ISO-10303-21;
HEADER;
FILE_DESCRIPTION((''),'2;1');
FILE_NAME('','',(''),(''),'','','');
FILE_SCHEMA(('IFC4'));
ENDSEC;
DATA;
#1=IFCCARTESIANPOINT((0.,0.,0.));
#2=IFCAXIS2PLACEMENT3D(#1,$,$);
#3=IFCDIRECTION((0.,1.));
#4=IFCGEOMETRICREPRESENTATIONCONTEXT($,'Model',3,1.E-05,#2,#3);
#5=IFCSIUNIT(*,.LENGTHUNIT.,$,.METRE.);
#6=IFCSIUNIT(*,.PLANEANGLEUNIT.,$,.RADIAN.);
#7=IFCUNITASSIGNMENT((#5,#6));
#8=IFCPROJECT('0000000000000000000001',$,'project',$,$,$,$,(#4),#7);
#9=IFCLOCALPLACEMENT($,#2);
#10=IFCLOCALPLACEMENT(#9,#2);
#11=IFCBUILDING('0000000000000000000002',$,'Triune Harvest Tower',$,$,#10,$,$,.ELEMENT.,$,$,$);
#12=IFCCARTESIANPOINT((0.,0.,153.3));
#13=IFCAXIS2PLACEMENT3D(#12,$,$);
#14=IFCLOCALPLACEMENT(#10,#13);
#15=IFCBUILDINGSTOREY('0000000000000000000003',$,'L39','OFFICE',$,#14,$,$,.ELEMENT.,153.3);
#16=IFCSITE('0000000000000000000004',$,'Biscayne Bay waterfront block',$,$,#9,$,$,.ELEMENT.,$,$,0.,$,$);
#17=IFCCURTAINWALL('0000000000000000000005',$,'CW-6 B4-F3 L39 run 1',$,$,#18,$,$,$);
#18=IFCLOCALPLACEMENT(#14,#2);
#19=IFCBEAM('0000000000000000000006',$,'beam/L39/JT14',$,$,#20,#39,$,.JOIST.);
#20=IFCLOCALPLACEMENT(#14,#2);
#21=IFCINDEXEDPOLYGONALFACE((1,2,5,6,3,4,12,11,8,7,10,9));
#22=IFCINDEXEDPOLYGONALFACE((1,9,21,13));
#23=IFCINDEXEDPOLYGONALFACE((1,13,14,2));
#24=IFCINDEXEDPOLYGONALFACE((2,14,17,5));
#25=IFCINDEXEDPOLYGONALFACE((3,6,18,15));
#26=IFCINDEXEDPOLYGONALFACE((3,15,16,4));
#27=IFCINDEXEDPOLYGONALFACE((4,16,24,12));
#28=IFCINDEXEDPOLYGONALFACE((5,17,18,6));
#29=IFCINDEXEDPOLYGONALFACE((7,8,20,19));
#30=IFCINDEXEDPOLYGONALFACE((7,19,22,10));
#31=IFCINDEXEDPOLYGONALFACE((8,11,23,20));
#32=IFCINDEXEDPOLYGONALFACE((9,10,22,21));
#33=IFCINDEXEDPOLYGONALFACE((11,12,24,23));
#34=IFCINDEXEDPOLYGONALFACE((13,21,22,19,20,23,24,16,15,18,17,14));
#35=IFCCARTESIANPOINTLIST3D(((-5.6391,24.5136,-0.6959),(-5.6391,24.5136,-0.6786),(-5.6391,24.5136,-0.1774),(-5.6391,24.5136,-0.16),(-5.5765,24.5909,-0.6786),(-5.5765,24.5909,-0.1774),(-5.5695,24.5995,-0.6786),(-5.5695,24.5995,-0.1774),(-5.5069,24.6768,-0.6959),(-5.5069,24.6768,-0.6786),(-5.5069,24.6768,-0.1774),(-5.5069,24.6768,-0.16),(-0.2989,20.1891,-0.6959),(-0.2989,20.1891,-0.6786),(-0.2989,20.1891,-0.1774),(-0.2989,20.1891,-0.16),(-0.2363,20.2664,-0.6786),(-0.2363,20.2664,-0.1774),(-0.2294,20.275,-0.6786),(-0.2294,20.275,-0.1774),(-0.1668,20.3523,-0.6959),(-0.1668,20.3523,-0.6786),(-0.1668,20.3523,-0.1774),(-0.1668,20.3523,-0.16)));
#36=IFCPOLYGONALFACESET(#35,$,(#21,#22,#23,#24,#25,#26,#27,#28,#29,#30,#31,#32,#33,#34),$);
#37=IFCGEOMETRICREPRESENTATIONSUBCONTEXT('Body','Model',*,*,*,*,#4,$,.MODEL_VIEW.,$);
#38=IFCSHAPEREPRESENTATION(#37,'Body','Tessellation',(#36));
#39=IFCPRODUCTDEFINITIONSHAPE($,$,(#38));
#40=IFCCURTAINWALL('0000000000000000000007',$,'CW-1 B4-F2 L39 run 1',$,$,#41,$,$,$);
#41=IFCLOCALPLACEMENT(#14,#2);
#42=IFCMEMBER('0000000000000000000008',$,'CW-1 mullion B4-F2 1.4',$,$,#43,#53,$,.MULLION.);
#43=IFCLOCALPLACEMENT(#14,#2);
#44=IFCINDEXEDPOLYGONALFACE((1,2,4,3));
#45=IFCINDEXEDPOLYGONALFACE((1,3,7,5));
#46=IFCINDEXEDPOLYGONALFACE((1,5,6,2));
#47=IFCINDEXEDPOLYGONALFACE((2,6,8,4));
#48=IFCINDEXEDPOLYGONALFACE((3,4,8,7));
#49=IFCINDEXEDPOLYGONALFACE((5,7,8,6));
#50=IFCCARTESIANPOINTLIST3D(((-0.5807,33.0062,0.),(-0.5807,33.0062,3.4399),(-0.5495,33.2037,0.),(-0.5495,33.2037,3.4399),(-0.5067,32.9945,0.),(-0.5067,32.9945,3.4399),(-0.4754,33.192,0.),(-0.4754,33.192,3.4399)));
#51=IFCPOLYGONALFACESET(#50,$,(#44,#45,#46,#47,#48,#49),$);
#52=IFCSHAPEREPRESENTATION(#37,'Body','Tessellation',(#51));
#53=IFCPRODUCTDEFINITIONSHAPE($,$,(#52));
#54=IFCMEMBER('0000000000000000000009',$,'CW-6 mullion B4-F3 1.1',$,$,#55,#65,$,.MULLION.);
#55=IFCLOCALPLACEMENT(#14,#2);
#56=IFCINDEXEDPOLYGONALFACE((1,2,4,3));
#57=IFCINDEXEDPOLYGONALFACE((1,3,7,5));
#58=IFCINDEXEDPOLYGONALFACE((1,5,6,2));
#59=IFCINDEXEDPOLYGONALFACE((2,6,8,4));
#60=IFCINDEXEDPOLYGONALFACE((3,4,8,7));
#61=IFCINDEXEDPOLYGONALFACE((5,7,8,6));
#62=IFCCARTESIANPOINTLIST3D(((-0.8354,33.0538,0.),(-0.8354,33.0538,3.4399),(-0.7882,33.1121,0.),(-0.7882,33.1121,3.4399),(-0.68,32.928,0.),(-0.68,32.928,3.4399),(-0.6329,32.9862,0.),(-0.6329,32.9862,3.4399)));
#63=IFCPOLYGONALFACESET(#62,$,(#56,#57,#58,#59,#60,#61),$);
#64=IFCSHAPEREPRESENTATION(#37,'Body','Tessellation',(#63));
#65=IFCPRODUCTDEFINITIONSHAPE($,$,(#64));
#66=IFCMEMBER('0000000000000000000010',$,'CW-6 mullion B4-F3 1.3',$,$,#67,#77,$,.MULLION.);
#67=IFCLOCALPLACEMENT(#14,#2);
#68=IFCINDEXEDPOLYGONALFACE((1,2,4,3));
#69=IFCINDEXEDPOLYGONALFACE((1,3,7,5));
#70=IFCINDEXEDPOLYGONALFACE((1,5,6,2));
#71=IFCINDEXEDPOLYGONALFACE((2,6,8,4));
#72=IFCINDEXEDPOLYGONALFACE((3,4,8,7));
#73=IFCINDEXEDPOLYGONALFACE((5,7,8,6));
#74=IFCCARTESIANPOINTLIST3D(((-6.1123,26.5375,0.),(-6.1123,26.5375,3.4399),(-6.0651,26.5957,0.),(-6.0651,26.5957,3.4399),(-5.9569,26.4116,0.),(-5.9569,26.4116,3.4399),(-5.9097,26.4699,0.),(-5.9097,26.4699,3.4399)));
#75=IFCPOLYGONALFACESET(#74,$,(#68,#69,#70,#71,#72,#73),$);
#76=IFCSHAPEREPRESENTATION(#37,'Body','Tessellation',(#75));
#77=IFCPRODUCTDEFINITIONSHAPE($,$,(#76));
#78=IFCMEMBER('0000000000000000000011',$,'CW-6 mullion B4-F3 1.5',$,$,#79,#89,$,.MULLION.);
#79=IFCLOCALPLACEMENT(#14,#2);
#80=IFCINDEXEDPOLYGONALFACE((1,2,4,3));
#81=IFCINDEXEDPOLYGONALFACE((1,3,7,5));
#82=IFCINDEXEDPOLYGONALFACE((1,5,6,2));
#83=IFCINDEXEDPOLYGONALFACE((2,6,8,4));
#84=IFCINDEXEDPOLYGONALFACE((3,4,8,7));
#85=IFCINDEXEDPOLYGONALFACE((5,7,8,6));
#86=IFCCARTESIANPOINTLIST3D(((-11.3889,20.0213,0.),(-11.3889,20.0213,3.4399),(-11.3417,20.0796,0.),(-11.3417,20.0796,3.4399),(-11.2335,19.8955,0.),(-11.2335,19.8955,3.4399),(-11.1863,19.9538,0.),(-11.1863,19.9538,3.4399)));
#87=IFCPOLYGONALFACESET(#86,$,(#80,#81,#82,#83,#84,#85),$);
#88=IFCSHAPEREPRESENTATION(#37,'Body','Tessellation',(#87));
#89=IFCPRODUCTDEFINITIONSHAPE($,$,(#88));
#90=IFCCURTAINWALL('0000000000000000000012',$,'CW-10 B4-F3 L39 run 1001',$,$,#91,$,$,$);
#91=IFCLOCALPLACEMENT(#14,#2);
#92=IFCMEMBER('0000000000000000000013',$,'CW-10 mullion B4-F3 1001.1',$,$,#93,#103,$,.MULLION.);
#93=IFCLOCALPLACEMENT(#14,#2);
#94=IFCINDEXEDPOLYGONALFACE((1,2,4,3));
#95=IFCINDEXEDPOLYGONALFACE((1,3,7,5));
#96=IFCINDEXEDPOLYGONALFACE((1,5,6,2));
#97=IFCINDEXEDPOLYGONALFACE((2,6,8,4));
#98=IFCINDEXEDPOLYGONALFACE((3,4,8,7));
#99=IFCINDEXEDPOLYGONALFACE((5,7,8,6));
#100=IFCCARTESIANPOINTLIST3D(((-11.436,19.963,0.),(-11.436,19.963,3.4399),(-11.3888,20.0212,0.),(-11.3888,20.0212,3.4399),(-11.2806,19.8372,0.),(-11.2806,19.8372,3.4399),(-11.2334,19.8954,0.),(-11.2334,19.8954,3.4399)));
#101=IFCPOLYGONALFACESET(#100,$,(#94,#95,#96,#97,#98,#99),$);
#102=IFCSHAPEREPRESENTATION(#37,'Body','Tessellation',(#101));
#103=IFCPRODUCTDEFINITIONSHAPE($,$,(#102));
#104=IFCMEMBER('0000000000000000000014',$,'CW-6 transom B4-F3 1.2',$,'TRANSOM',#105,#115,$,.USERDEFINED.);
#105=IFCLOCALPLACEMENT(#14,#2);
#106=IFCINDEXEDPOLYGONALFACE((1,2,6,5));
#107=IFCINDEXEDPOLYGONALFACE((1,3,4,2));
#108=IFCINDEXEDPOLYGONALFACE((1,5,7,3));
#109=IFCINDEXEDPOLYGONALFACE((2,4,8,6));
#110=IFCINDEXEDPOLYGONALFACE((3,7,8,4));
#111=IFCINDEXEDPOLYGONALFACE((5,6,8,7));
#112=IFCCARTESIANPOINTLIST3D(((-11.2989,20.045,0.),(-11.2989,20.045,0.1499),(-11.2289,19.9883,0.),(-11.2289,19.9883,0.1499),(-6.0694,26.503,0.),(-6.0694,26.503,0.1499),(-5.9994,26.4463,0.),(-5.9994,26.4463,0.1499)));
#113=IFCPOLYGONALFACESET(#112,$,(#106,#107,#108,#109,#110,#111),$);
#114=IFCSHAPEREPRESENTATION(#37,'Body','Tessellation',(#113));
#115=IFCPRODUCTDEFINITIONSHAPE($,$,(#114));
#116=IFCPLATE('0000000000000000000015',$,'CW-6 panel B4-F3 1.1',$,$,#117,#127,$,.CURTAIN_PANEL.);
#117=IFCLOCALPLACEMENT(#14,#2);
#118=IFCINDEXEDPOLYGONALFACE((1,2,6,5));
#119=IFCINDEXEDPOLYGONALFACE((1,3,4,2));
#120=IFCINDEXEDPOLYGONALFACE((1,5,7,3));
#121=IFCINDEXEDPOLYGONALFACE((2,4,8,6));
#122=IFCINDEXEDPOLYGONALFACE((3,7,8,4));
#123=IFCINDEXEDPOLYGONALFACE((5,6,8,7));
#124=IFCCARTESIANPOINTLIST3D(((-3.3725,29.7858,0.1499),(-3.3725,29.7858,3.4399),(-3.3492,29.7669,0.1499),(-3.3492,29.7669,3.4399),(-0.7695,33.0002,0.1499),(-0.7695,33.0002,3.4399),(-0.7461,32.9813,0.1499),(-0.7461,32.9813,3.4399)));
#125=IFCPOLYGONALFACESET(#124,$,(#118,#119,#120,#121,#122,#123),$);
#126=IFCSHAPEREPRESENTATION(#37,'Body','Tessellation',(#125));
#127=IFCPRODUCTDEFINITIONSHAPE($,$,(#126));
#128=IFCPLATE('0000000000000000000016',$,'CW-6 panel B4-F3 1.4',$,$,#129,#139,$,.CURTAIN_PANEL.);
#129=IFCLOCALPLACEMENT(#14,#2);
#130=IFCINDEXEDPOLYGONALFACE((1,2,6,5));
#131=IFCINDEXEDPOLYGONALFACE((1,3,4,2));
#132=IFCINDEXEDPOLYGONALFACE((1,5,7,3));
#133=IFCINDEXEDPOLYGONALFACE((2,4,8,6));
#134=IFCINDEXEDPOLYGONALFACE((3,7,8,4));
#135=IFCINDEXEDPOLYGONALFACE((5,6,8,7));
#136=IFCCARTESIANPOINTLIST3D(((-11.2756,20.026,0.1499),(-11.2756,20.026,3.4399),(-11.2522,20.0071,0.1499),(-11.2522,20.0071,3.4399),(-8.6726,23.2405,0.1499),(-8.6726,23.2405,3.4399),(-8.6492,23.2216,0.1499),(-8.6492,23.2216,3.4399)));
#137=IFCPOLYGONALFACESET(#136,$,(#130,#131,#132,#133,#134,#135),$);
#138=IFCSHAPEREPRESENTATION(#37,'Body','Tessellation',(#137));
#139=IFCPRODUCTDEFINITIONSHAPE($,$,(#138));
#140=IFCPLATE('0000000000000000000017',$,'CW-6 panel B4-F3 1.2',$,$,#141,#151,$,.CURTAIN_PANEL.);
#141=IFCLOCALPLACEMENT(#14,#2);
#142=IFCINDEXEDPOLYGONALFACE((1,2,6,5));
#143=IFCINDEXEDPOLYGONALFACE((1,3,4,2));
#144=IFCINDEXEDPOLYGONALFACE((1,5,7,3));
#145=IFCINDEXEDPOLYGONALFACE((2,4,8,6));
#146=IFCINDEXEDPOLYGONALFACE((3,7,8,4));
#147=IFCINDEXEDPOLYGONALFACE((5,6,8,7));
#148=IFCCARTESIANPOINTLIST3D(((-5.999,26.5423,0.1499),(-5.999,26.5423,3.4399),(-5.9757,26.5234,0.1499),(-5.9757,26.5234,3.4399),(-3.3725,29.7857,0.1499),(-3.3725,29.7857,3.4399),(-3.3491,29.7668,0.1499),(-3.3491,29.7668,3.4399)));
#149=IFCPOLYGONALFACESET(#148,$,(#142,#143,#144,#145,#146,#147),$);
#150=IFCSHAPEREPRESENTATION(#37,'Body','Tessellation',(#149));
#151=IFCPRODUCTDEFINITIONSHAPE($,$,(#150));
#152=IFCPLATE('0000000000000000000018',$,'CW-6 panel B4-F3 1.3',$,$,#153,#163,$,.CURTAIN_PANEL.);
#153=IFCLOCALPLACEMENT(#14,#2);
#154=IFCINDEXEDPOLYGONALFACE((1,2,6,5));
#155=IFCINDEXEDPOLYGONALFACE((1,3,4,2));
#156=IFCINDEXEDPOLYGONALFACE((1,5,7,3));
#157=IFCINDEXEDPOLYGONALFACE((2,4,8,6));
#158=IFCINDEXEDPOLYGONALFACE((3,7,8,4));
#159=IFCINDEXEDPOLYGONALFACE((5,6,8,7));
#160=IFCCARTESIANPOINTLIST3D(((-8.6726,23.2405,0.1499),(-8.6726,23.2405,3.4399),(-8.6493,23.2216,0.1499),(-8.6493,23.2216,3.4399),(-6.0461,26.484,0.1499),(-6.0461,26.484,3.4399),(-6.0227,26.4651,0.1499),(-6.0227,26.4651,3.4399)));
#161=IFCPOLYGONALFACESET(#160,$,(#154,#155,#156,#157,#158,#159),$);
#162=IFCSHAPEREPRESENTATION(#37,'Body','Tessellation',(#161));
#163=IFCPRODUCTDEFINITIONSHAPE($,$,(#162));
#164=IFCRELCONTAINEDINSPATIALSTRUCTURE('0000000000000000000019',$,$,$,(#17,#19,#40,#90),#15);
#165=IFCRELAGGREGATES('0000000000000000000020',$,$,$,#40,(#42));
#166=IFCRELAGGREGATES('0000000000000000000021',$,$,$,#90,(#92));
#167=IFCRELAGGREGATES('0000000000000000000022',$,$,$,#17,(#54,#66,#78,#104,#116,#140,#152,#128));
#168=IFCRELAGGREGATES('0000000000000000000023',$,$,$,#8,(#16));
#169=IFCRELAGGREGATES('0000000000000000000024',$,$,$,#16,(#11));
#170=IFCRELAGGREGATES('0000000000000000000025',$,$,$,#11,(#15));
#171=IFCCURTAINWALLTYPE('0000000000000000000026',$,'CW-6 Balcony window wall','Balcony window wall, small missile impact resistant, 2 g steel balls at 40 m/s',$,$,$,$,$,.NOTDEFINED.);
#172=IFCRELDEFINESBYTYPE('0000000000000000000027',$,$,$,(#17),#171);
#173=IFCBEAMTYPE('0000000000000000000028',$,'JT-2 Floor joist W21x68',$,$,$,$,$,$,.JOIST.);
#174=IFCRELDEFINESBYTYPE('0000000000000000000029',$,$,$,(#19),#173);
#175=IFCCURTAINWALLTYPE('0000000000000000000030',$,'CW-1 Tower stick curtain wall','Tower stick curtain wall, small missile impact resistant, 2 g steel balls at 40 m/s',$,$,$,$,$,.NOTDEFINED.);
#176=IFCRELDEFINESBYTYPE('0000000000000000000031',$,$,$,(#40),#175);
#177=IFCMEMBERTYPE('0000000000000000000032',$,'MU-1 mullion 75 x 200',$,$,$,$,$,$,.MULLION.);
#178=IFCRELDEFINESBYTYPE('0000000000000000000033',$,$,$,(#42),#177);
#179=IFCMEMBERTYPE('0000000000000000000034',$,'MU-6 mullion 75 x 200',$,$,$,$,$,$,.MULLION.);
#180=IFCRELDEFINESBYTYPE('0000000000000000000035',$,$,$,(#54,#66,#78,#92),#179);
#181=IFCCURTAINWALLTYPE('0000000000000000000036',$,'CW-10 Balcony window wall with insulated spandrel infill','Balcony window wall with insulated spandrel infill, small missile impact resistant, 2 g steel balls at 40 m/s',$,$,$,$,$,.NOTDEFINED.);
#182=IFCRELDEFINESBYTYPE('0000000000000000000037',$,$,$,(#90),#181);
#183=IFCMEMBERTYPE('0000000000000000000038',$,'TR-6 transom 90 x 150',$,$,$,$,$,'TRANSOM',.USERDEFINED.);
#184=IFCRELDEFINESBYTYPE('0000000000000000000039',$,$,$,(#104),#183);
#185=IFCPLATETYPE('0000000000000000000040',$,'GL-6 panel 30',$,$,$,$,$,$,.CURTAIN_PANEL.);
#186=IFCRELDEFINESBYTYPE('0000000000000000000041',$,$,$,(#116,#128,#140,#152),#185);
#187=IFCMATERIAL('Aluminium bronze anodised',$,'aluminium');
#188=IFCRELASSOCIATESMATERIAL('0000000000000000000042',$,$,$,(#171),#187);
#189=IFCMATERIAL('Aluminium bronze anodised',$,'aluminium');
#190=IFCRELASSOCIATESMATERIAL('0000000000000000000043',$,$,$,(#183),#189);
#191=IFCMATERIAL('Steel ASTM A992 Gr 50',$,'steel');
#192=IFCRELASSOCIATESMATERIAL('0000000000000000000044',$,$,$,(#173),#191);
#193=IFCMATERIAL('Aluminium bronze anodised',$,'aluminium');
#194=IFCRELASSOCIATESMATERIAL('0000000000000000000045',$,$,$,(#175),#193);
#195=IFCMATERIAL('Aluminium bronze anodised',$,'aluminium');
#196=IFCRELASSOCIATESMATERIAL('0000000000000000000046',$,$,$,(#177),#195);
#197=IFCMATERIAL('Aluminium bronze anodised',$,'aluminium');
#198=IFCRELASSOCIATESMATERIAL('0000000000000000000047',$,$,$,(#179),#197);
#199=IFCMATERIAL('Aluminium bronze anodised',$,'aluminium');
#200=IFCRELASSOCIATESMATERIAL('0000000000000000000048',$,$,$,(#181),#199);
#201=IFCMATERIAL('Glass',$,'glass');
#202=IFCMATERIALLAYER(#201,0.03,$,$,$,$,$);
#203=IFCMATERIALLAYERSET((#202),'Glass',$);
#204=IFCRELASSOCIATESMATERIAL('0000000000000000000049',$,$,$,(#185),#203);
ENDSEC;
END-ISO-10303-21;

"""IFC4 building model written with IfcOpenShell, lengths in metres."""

from ifc_helpers import new_model, si_unit, direction, frame, origin, origin_2d, place, context, subcontext, project, spatial, rectangle, i_section, extrude, source, transform, mapped, material, layer, layer_set, material_profile, profile_set, type_object, element, aggregate, save


model = new_model("IFC4")

# Units and contexts
model_context = context("Model", 3, precision=1e-05, world=origin(), true_north=direction((0.0, 1.0)))
body_context = subcontext(model_context, "Body", "Model", "MODEL_VIEW")
ifc_project = project(units=[si_unit("LENGTHUNIT", "METRE"), si_unit("PLANEANGLEUNIT", "RADIAN")], contexts=[model_context])

# Site, building, storey
site_placement = place(None, origin())
site = spatial("IfcSite", under=ifc_project, at=site_placement, Name="Biscayne Bay waterfront block", CompositionType="ELEMENT", RefElevation=0.0)
building_placement = place(site_placement, origin())
building = spatial("IfcBuilding", under=site, at=building_placement, Name="Triune Harvest Tower", CompositionType="ELEMENT")
storey_placement = place(building_placement, frame((0.0, 0.0, 153.3)))
storey = spatial("IfcBuildingStorey", under=building, at=storey_placement, Name="L39", Description="OFFICE", CompositionType="ELEMENT", Elevation=153.3)

# Curtain wall
ifc_material_1 = material(Name="Aluminium bronze anodised", Category="aluminium")
curtain_wall_type_1 = type_object("IfcCurtainWallType", Name="CW-6 Balcony window wall", Description="Balcony window wall, small missile impact resistant, 2 g steel balls at 40 m/s", PredefinedType="NOTDEFINED", material=ifc_material_1)
curtain_wall_1_placement = place(storey_placement, origin())
curtain_wall_1 = element("IfcCurtainWall", 1, at=curtain_wall_1_placement, inside=storey, type_object=curtain_wall_type_1, Name="CW-6 B4-F3 L39 run 1")
ifc_material_2 = material(Name="Aluminium bronze anodised", Category="aluminium")
ifc_material_profile_1 = material_profile(ifc_material_2, rectangle(XDim=0.0901, YDim=0.1499, at=origin_2d()), Name="TR-6 transom 90 x 150")
ifc_profile_set_1 = profile_set([ifc_material_profile_1], Name="Aluminium bronze anodised")
member_type_1 = type_object("IfcMemberType", Name="TR-6 transom 90 x 150", ElementType="TRANSOM", PredefinedType="USERDEFINED", material=ifc_profile_set_1)

# Beam
ifc_material_3 = material(Name="Steel ASTM A992 Gr 50", Category="steel")
ifc_material_profile_2 = material_profile(ifc_material_3, i_section(OverallWidth=0.21, OverallDepth=0.5359, WebThickness=0.011, FlangeThickness=0.0173, at=origin_2d()), Name="W21x68")
ifc_profile_set_2 = profile_set([ifc_material_profile_2], Name="Steel ASTM A992 Gr 50")
beam_type_1 = type_object("IfcBeamType", Name="JT-2 Floor joist W21x68", PredefinedType="JOIST", material=ifc_profile_set_2)
shared_shape_1 = source(origin(), body_context, "Body", "SweptSolid", [
    extrude(i_section(OverallWidth=0.21, OverallDepth=0.5359, WebThickness=0.011, FlangeThickness=0.0173, at=origin_2d()), origin(), (0.0, 0.0, 1.0), 6.8716),
])
beam_1_placement = place(storey_placement, frame((-5.573, 24.5952, -0.428), z_axis=(0.777136, -0.629333, 0.0), x_axis=(0.629333, 0.777136, 0.0)))
element("IfcBeam", 2, at=beam_1_placement, inside=storey, type_object=beam_type_1, Name="beam/L39/JT14", PredefinedType="JOIST", context=body_context, shape_type="MappedRepresentation", body=[
    mapped(shared_shape_1, transform((0.0, 0.0, 0.0), scale=1.0)),
])

# Curtain wall, member
ifc_material_4 = material(Name="Aluminium bronze anodised", Category="aluminium")
curtain_wall_type_2 = type_object("IfcCurtainWallType", Name="CW-1 Tower stick curtain wall", Description="Tower stick curtain wall, small missile impact resistant, 2 g steel balls at 40 m/s", PredefinedType="NOTDEFINED", material=ifc_material_4)
curtain_wall_2_placement = place(storey_placement, origin())
curtain_wall_2 = element("IfcCurtainWall", 3, at=curtain_wall_2_placement, inside=storey, type_object=curtain_wall_type_2, Name="CW-1 B4-F2 L39 run 1")
ifc_material_5 = material(Name="Aluminium bronze anodised", Category="aluminium")
ifc_material_profile_3 = material_profile(ifc_material_5, rectangle(XDim=0.2, YDim=0.075, at=origin_2d()), Name="MU-1 mullion 75 x 200")
ifc_profile_set_3 = profile_set([ifc_material_profile_3], Name="Aluminium bronze anodised")
member_type_2 = type_object("IfcMemberType", Name="MU-1 mullion 75 x 200", PredefinedType="MULLION", material=ifc_profile_set_3)
shared_shape_2 = source(origin(), body_context, "Body", "SweptSolid", [
    extrude(rectangle(XDim=0.2, YDim=0.075, at=origin_2d()), origin(), (0.0, 0.0, 1.0), 3.4399),
])
member_1_placement = place(storey_placement, frame((-0.5281, 33.0991, 0.0), z_axis=(0.0, 0.0, 1.0), x_axis=(-0.156433, -0.987689, 0.0)))
member_1 = element("IfcMember", 4, at=member_1_placement, type_object=member_type_2, Name="CW-1 mullion B4-F2 1.4", PredefinedType="MULLION", context=body_context, shape_type="MappedRepresentation", body=[
    mapped(shared_shape_2, transform((0.0, 0.0, 0.0), scale=1.0)),
])
aggregate(curtain_wall_2, [member_1])

# Members
ifc_material_6 = material(Name="Aluminium bronze anodised", Category="aluminium")
ifc_material_profile_4 = material_profile(ifc_material_6, rectangle(XDim=0.2, YDim=0.075, at=origin_2d()), Name="MU-6 mullion 75 x 200")
ifc_profile_set_4 = profile_set([ifc_material_profile_4], Name="Aluminium bronze anodised")
member_type_3 = type_object("IfcMemberType", Name="MU-6 mullion 75 x 200", PredefinedType="MULLION", material=ifc_profile_set_4)
shared_shape_3 = source(origin(), body_context, "Body", "SweptSolid", [
    extrude(rectangle(XDim=0.2, YDim=0.075, at=origin_2d()), origin(), (0.0, 0.0, 1.0), 3.4399),
])
member_2_placement = place(storey_placement, frame((-0.7341, 33.02, 0.0), z_axis=(0.0, 0.0, 1.0), x_axis=(0.777144, -0.629322, 0.0)))
member_2 = element("IfcMember", 5, at=member_2_placement, type_object=member_type_3, Name="CW-6 mullion B4-F3 1.1", PredefinedType="MULLION", context=body_context, shape_type="MappedRepresentation", body=[
    mapped(shared_shape_3, transform((0.0, 0.0, 0.0), scale=1.0)),
])
member_3_placement = place(storey_placement, frame((-6.011, 26.5037, 0.0), z_axis=(0.0, 0.0, 1.0), x_axis=(0.777144, -0.629322, 0.0)))
member_3 = element("IfcMember", 6, at=member_3_placement, type_object=member_type_3, Name="CW-6 mullion B4-F3 1.3", PredefinedType="MULLION", context=body_context, shape_type="MappedRepresentation", body=[
    mapped(shared_shape_3, transform((0.0, 0.0, 0.0), scale=1.0)),
])
member_4_placement = place(storey_placement, frame((-11.2876, 19.9875, 0.0), z_axis=(0.0, 0.0, 1.0), x_axis=(0.777144, -0.629322, 0.0)))
member_4 = element("IfcMember", 7, at=member_4_placement, type_object=member_type_3, Name="CW-6 mullion B4-F3 1.5", PredefinedType="MULLION", context=body_context, shape_type="MappedRepresentation", body=[
    mapped(shared_shape_3, transform((0.0, 0.0, 0.0), scale=1.0)),
])

# Curtain wall, member
ifc_material_7 = material(Name="Aluminium bronze anodised", Category="aluminium")
curtain_wall_type_3 = type_object("IfcCurtainWallType", Name="CW-10 Balcony window wall with insulated spandrel infill", Description="Balcony window wall with insulated spandrel infill, small missile impact resistant, 2 g steel balls at 40 m/s", PredefinedType="NOTDEFINED", material=ifc_material_7)
curtain_wall_3_placement = place(storey_placement, origin())
curtain_wall_3 = element("IfcCurtainWall", 8, at=curtain_wall_3_placement, inside=storey, type_object=curtain_wall_type_3, Name="CW-10 B4-F3 L39 run 1001")
member_5_placement = place(storey_placement, frame((-11.3347, 19.9292, 0.0), z_axis=(0.0, 0.0, 1.0), x_axis=(0.777145, -0.629322, 0.0)))
member_5 = element("IfcMember", 9, at=member_5_placement, type_object=member_type_3, Name="CW-10 mullion B4-F3 1001.1", PredefinedType="MULLION", context=body_context, shape_type="MappedRepresentation", body=[
    mapped(shared_shape_3, transform((0.0, 0.0, 0.0), scale=1.0)),
])
aggregate(curtain_wall_3, [member_5])

# Member
shared_shape_4 = source(origin(), body_context, "Body", "SweptSolid", [
    extrude(rectangle(XDim=0.0901, YDim=0.1499, at=origin_2d()), origin(), (0.0, 0.0, 1.0), 8.3098),
])
member_6_placement = place(storey_placement, frame((-6.0344, 26.4746, 0.075), z_axis=(-0.629313, -0.777152, 0.0), x_axis=(0.777152, -0.629313, 0.0)))
member_6 = element("IfcMember", 10, at=member_6_placement, type_object=member_type_1, Name="CW-6 transom B4-F3 1.2", ObjectType="TRANSOM", PredefinedType="USERDEFINED", context=body_context, shape_type="MappedRepresentation", body=[
    mapped(shared_shape_4, transform((0.0, 0.0, 0.0), scale=1.0)),
])

# Plates
ifc_material_8 = material(Name="Glass", Category="glass")
ifc_layer_1 = layer(ifc_material_8, 0.03)
ifc_layer_set_1 = layer_set([ifc_layer_1], Name="Glass")
plate_type = type_object("IfcPlateType", Name="GL-6 panel 30", PredefinedType="CURTAIN_PANEL", material=ifc_layer_set_1)
shared_shape_5 = source(origin(), body_context, "Body", "SweptSolid", [
    extrude(rectangle(XDim=4.1362, YDim=0.03, at=origin_2d()), origin(), (0.0, 0.0, 1.0), 3.29),
])
plate_1_placement = place(storey_placement, frame((-2.0593, 31.3835, 0.1499), z_axis=(0.0, 0.0, 1.0), x_axis=(-0.629322, -0.777144, 0.0)))
plate_1 = element("IfcPlate", 11, at=plate_1_placement, type_object=plate_type, Name="CW-6 panel B4-F3 1.1", PredefinedType="CURTAIN_PANEL", context=body_context, shape_type="MappedRepresentation", body=[
    mapped(shared_shape_5, transform((0.0, 0.0, 0.0), scale=1.0)),
])
plate_2_placement = place(storey_placement, frame((-9.9624, 21.6238, 0.1499), z_axis=(0.0, 0.0, 1.0), x_axis=(-0.629322, -0.777144, 0.0)))
plate_2 = element("IfcPlate", 12, at=plate_2_placement, type_object=plate_type, Name="CW-6 panel B4-F3 1.4", PredefinedType="CURTAIN_PANEL", context=body_context, shape_type="MappedRepresentation", body=[
    mapped(shared_shape_5, transform((0.0, 0.0, 0.0), scale=1.0)),
])
shared_shape_6 = source(origin(), body_context, "Body", "SweptSolid", [
    extrude(rectangle(XDim=4.1736, YDim=0.03, at=origin_2d()), origin(), (0.0, 0.0, 1.0), 3.29),
])
plate_3_placement = place(storey_placement, frame((-4.6741, 28.1545, 0.1499), z_axis=(0.0, 0.0, 1.0), x_axis=(-0.629322, -0.777144, 0.0)))
plate_3 = element("IfcPlate", 13, at=plate_3_placement, type_object=plate_type, Name="CW-6 panel B4-F3 1.2", PredefinedType="CURTAIN_PANEL", context=body_context, shape_type="MappedRepresentation", body=[
    mapped(shared_shape_6, transform((0.0, 0.0, 0.0), scale=1.0)),
])
plate_4_placement = place(storey_placement, frame((-7.3477, 24.8528, 0.1499), z_axis=(0.0, 0.0, 1.0), x_axis=(-0.629322, -0.777144, 0.0)))
plate_4 = element("IfcPlate", 14, at=plate_4_placement, type_object=plate_type, Name="CW-6 panel B4-F3 1.3", PredefinedType="CURTAIN_PANEL", context=body_context, shape_type="MappedRepresentation", body=[
    mapped(shared_shape_6, transform((0.0, 0.0, 0.0), scale=1.0)),
])
aggregate(curtain_wall_1, [member_2, member_3, member_4, member_6, plate_1, plate_3, plate_4, plate_2])

save(model, "model.ifc")
